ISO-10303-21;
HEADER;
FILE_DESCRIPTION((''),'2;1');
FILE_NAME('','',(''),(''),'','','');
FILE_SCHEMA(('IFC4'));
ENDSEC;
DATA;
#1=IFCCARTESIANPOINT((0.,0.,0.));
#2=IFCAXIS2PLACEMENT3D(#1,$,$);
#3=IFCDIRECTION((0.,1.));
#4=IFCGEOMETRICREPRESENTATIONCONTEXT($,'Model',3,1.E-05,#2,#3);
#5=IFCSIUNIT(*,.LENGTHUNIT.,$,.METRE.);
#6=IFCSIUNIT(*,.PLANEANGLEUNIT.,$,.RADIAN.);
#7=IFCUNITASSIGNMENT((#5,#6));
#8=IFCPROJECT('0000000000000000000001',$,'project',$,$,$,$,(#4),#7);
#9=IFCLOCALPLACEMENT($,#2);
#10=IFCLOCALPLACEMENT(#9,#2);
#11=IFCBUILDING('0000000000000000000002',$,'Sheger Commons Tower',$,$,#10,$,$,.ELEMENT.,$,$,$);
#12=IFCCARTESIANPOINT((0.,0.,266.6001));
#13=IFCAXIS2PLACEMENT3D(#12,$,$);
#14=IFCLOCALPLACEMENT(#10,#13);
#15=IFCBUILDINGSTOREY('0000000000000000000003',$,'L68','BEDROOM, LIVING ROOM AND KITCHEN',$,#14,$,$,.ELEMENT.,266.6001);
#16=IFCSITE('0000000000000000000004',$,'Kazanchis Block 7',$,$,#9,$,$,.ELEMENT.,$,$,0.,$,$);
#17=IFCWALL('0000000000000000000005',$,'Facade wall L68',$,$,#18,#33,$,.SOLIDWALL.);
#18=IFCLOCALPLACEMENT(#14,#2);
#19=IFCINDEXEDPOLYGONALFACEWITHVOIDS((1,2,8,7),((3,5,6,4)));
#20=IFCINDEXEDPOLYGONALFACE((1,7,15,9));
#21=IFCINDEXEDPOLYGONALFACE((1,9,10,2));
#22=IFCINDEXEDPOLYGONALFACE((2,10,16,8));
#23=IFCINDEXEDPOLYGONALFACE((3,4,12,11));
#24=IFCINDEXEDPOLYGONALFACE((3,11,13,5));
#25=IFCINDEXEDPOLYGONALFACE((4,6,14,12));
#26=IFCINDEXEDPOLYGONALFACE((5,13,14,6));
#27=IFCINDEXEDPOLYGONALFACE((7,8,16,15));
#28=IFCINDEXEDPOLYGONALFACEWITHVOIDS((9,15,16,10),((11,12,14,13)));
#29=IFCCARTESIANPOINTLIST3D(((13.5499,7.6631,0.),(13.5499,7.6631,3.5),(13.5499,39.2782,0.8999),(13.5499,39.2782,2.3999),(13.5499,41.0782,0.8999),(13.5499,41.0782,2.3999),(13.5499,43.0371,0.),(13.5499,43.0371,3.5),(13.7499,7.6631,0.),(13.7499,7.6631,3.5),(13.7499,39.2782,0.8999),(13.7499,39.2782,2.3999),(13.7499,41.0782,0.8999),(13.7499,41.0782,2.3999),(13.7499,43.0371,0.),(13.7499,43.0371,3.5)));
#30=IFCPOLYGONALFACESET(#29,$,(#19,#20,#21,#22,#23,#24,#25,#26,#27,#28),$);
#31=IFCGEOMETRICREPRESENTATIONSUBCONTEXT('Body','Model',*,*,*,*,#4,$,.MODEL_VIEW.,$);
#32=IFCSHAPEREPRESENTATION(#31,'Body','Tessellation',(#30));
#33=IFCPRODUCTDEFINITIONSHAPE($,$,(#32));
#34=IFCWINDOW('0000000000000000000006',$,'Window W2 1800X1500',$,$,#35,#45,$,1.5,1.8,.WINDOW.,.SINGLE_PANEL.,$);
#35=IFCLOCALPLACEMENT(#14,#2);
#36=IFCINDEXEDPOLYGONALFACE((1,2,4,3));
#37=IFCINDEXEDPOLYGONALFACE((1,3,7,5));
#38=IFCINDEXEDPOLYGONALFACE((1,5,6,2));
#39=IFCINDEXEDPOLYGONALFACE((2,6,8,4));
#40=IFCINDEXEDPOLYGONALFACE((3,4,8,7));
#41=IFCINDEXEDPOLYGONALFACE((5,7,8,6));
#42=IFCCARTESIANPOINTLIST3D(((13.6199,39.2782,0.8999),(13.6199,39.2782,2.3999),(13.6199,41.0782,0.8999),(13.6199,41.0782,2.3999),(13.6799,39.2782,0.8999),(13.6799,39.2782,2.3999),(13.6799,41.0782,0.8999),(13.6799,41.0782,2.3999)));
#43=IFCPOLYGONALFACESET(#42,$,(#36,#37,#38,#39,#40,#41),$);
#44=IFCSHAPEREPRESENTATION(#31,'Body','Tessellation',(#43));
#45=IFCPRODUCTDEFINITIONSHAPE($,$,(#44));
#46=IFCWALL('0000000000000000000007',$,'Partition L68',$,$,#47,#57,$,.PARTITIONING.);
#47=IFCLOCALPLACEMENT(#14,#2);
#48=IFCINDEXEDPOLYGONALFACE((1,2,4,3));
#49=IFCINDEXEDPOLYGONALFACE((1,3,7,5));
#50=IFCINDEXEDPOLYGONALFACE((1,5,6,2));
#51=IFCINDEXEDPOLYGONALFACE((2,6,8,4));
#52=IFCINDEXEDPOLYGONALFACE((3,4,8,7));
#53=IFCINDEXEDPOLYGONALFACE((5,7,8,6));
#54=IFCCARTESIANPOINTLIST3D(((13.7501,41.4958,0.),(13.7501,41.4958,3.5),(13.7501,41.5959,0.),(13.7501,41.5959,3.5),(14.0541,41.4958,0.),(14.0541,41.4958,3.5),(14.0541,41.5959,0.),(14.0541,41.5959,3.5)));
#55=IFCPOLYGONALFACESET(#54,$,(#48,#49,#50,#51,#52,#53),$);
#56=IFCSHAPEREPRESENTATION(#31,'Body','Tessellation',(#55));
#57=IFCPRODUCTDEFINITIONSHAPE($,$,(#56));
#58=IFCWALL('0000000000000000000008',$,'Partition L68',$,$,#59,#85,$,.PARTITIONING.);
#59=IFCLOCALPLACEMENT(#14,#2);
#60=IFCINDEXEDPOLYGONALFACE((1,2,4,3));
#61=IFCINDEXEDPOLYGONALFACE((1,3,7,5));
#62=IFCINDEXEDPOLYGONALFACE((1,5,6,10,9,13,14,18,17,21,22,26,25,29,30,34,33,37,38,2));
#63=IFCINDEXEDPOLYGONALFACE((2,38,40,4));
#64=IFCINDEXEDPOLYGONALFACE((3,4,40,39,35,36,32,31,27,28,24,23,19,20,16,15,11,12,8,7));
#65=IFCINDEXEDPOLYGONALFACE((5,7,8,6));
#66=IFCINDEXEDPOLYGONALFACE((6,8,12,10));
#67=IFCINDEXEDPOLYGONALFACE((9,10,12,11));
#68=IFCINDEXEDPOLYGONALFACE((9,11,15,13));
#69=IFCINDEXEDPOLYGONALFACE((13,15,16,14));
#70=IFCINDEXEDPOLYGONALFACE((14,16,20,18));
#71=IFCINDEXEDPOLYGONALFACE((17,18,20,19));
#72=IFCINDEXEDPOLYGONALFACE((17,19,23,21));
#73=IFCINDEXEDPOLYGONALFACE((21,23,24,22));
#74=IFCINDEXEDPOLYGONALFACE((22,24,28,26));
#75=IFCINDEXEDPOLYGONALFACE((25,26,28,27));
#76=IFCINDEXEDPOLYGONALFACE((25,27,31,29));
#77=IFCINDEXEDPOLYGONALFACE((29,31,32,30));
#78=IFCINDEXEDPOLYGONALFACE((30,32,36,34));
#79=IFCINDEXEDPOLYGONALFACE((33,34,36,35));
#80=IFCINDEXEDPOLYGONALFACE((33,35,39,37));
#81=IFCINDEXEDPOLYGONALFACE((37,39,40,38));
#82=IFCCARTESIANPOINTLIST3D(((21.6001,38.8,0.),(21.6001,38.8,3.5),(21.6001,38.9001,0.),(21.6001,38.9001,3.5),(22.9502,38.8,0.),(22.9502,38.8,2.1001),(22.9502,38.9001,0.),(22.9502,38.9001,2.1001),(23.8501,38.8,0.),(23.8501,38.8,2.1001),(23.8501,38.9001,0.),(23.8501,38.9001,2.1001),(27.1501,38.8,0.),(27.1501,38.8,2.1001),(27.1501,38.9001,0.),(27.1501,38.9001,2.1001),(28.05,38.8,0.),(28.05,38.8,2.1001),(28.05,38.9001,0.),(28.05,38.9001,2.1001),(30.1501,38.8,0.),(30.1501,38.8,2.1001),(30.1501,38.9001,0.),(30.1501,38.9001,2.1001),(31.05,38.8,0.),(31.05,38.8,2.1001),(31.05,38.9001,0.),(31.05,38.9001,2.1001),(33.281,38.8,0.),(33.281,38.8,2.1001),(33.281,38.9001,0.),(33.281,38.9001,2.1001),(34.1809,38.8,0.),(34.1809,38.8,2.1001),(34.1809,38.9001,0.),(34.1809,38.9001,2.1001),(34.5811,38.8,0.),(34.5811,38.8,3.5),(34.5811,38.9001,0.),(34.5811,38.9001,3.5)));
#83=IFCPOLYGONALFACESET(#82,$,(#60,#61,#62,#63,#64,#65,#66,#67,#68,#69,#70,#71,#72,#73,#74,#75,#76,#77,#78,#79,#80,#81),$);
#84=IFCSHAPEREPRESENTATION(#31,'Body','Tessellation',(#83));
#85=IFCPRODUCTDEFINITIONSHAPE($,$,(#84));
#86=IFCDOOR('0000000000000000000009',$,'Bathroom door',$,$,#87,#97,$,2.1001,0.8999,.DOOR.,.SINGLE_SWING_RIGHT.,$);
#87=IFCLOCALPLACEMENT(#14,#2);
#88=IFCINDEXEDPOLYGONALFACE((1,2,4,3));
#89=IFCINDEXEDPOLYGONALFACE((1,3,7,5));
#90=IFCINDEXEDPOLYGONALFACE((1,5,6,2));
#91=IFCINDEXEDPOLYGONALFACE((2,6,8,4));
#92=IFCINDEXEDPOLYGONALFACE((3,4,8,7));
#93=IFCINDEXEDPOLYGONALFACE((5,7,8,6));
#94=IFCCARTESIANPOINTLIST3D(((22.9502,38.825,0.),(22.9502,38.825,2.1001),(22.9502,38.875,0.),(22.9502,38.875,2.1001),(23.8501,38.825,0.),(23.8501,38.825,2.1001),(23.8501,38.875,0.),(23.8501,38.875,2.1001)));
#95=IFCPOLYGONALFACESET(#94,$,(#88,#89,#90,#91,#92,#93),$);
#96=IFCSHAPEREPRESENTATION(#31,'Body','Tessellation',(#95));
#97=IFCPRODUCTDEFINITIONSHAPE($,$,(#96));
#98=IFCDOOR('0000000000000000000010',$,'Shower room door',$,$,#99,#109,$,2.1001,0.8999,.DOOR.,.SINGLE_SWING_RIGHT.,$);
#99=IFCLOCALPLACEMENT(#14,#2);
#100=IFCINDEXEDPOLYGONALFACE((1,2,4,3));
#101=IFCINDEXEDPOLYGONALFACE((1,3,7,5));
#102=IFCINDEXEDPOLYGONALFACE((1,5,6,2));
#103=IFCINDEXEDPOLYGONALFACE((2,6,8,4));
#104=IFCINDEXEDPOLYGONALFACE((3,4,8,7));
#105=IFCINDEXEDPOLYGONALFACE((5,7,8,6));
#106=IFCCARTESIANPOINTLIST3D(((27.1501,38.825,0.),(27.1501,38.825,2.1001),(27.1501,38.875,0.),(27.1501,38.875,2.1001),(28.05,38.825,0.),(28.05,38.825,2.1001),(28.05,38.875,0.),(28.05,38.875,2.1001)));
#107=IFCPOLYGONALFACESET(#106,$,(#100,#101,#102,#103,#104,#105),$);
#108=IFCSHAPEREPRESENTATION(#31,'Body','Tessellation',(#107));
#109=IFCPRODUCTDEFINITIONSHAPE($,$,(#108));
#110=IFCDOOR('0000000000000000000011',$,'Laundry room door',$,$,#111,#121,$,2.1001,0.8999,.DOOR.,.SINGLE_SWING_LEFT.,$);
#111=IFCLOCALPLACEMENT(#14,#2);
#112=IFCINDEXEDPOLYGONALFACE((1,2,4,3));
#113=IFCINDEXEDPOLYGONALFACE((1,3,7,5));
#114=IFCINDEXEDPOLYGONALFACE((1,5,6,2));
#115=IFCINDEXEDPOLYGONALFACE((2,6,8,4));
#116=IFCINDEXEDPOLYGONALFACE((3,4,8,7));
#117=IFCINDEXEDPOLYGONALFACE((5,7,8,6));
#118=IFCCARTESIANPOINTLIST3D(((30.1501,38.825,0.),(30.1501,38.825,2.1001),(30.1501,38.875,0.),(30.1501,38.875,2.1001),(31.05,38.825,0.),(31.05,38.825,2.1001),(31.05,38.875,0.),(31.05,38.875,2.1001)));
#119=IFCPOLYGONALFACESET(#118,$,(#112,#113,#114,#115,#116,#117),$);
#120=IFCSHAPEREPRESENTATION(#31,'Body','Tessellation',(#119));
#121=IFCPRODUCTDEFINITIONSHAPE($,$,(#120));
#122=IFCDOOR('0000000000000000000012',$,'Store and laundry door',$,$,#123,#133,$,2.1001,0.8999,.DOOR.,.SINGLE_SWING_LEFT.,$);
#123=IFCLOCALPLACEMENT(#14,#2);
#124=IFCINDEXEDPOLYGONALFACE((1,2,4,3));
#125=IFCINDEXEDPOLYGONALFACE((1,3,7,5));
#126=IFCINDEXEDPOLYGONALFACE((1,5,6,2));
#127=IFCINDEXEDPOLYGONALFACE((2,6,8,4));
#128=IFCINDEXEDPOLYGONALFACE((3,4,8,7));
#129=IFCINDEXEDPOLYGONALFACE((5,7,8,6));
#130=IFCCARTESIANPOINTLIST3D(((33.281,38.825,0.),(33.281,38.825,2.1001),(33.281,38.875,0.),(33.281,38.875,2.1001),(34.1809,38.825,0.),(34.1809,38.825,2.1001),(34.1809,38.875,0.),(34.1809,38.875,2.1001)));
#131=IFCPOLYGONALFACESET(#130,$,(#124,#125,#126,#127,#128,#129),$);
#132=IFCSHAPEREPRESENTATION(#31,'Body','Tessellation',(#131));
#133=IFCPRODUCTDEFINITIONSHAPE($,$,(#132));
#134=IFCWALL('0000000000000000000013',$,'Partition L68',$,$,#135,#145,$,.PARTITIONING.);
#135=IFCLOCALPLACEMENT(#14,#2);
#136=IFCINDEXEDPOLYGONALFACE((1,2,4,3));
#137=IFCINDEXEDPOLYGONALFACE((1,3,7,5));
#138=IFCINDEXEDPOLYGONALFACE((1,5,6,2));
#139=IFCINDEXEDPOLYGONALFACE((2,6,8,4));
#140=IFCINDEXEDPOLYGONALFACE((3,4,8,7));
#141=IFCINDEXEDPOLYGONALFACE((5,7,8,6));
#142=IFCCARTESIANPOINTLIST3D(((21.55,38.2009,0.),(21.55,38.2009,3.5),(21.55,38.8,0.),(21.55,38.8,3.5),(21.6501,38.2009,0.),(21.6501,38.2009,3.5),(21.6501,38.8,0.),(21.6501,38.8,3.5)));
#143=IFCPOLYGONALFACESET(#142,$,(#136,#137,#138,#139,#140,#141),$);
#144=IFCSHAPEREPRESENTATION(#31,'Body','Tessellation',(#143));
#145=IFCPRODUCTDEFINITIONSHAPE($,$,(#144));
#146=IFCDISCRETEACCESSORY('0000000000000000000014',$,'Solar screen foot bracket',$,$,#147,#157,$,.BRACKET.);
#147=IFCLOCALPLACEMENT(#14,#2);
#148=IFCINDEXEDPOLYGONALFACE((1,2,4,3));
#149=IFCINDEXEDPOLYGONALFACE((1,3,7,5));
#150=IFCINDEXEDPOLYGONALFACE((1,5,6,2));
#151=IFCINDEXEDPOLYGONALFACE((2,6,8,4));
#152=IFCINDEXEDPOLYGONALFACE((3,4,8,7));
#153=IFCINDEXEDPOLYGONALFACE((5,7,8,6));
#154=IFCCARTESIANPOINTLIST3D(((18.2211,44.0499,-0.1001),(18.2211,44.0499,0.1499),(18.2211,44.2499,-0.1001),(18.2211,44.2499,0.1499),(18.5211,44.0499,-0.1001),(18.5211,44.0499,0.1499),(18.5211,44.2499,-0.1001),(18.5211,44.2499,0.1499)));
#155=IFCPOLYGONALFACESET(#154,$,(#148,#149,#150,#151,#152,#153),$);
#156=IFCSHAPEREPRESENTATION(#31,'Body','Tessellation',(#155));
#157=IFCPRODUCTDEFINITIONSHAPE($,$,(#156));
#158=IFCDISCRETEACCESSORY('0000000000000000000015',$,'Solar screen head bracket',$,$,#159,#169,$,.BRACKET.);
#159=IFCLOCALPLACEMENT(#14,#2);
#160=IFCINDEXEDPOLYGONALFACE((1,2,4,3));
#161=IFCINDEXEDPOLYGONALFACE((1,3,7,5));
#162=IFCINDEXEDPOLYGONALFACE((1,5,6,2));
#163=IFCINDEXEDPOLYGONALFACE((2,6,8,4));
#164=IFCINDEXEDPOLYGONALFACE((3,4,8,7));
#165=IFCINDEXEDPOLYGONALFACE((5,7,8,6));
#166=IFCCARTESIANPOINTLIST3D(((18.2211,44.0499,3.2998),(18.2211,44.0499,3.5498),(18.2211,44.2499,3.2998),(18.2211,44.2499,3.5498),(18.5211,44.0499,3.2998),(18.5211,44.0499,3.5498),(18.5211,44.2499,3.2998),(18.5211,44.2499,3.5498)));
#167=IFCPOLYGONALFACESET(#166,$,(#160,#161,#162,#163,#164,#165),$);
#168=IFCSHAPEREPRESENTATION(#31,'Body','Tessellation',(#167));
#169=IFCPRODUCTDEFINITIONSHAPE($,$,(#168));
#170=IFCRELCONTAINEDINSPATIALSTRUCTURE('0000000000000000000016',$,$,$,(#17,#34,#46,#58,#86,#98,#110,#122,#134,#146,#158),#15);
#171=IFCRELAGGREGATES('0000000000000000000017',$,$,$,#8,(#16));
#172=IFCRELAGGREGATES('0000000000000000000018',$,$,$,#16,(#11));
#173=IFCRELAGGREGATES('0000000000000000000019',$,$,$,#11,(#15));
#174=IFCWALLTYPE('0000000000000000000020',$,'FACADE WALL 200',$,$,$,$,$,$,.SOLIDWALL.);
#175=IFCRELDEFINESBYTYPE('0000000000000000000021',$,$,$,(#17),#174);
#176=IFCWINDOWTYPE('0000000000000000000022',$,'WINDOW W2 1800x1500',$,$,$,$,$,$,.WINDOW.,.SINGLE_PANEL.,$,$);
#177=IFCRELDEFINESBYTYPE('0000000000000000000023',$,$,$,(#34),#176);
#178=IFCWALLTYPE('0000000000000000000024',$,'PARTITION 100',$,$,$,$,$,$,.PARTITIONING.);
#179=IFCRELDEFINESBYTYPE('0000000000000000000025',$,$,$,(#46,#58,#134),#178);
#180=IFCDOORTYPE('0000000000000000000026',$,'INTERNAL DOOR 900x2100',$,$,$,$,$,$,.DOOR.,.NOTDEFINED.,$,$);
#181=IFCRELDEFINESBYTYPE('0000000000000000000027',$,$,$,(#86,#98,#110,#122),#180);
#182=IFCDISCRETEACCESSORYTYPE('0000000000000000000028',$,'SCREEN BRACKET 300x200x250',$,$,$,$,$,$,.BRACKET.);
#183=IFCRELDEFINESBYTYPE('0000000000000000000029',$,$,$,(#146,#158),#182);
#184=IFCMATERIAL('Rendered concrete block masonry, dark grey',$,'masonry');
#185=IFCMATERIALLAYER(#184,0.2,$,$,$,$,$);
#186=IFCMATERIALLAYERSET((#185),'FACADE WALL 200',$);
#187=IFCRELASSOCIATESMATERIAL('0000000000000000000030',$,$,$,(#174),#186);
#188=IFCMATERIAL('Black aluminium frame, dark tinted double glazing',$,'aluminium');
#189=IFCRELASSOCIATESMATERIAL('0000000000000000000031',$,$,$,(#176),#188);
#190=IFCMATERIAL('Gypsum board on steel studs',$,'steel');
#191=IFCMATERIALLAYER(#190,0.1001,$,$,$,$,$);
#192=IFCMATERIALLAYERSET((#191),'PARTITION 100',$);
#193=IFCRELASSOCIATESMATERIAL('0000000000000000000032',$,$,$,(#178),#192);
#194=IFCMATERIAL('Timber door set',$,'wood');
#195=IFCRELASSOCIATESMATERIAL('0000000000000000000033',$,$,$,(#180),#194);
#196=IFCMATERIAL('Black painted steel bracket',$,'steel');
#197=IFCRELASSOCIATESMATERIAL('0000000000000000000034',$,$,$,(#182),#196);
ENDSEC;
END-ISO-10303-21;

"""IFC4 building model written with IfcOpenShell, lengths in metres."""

from ifc_helpers import new_model, si_unit, direction, frame, frame_2d, origin, origin_2d, place, context, subcontext, project, spatial, rectangle, extrude, material, layer, layer_set, type_object, element, fill, save


model = new_model("IFC4")

# Units and contexts
model_context = context("Model", 3, precision=1e-05, world=origin(), true_north=direction((0.0, 1.0)))
body_context = subcontext(model_context, "Body", "Model", "MODEL_VIEW")
ifc_project = project(units=[si_unit("LENGTHUNIT", "METRE"), si_unit("PLANEANGLEUNIT", "RADIAN")], contexts=[model_context])

# Site, building, storey
site_placement = place(None, origin())
site = spatial("IfcSite", under=ifc_project, at=site_placement, Name="Kazanchis Block 7", CompositionType="ELEMENT", RefElevation=0.0)
building_placement = place(site_placement, origin())
building = spatial("IfcBuilding", under=site, at=building_placement, Name="Sheger Commons Tower", CompositionType="ELEMENT")
storey_placement = place(building_placement, frame((0.0, 0.0, 266.6001)))
storey = spatial("IfcBuildingStorey", under=building, at=storey_placement, Name="L68", Description="BEDROOM, LIVING ROOM AND KITCHEN", CompositionType="ELEMENT", Elevation=266.6001)

# Shared definitions
ifc_material_1 = material(Name="Rendered concrete block masonry, dark grey", Category="masonry")
ifc_layer_1 = layer(ifc_material_1, 0.2)
ifc_layer_set_1 = layer_set([ifc_layer_1], Name="FACADE WALL 200")
wall_type_1 = type_object("IfcWallType", Name="FACADE WALL 200", PredefinedType="SOLIDWALL", material=ifc_layer_set_1)

# Wall, opening, window
wall_1_placement = place(storey_placement, frame((13.6499, 43.0371, 0.0), z_axis=(0.0, 0.0, 1.0), x_axis=(0.0, -1.0, 0.0)))
wall_1 = element("IfcWall", 1, at=wall_1_placement, inside=storey, type_object=wall_type_1, Name="Facade wall L68", PredefinedType="SOLIDWALL", context=body_context, shape_type="SweptSolid", body=[
    extrude(rectangle(XDim=35.374, YDim=0.2, at=frame_2d((17.687, 0.0))), origin(), (0.0, 0.0, 1.0), 3.5),
])
opening_1_placement = place(wall_1_placement, frame((1.959, 0.0, 0.8999)))
opening_1 = element("IfcOpeningElement", 2, at=opening_1_placement, cuts=wall_1, PredefinedType="OPENING", context=body_context, shape_type="SweptSolid", body=[
    extrude(rectangle(XDim=1.8, YDim=1.5, at=frame_2d((0.8999, 0.75))), frame((0.0, 0.1099, 0.0), z_axis=(0.0, -1.0, 0.0), x_axis=(1.0, 0.0, 0.0)), (0.0, 0.0, 1.0), 0.22),
])
ifc_material_2 = material(Name="Black aluminium frame, dark tinted double glazing", Category="aluminium")
window_type = type_object("IfcWindowType", Name="WINDOW W2 1800x1500", PartitioningType="SINGLE_PANEL", PredefinedType="WINDOW", material=ifc_material_2)
window_placement = place(opening_1_placement, origin())
window = element("IfcWindow", 3, at=window_placement, inside=storey, type_object=window_type, Name="Window W2 1800X1500", OverallHeight=1.5, OverallWidth=1.8, PartitioningType="SINGLE_PANEL", PredefinedType="WINDOW", context=body_context, shape_type="SweptSolid", body=[
    extrude(rectangle(XDim=1.8, YDim=1.5, at=frame_2d((0.8999, 0.75))), frame((0.0, 0.03, 0.0), z_axis=(0.0, -1.0, 0.0), x_axis=(1.0, 0.0, 0.0)), (0.0, 0.0, 1.0), 0.0601),
])
fill(opening_1, window)

# Wall
ifc_material_3 = material(Name="Gypsum board on steel studs", Category="steel")
ifc_layer_2 = layer(ifc_material_3, 0.1001)
ifc_layer_set_2 = layer_set([ifc_layer_2], Name="PARTITION 100")
wall_type_2 = type_object("IfcWallType", Name="PARTITION 100", PredefinedType="PARTITIONING", material=ifc_layer_set_2)
wall_2_placement = place(storey_placement, frame((14.054, 41.5459, 0.0), z_axis=(0.0, 0.0, 1.0), x_axis=(-1.0, 0.0, 0.0)))
element("IfcWall", 4, at=wall_2_placement, inside=storey, type_object=wall_type_2, Name="Partition L68", PredefinedType="PARTITIONING", context=body_context, shape_type="SweptSolid", body=[
    extrude(rectangle(XDim=0.304, YDim=0.1001, at=frame_2d((0.1519, 0.0))), origin(), (0.0, 0.0, 1.0), 3.5),
])

# Wall, openings, doors
wall_3_placement = place(storey_placement, frame((21.6001, 38.8501, 0.0), z_axis=(0.0, 0.0, 1.0), x_axis=(1.0, 0.0, 0.0)))
wall_3 = element("IfcWall", 5, at=wall_3_placement, inside=storey, type_object=wall_type_2, Name="Partition L68", PredefinedType="PARTITIONING", context=body_context, shape_type="SweptSolid", body=[
    extrude(rectangle(XDim=12.981, YDim=0.1001, at=frame_2d((6.4905, 0.0))), origin(), (0.0, 0.0, 1.0), 3.5),
])
opening_2_placement = place(wall_3_placement, frame((1.3501, 0.0, 0.0)))
opening_2 = element("IfcOpeningElement", 6, at=opening_2_placement, cuts=wall_3, PredefinedType="OPENING", context=body_context, shape_type="SweptSolid", body=[
    extrude(rectangle(XDim=0.8999, YDim=2.1001, at=frame_2d((0.45, 1.05))), frame((0.0, 0.0601, 0.0), z_axis=(0.0, -1.0, 0.0), x_axis=(1.0, 0.0, 0.0)), (0.0, 0.0, 1.0), 0.1201),
])
opening_3_placement = place(wall_3_placement, frame((5.55, 0.0, 0.0)))
opening_3 = element("IfcOpeningElement", 7, at=opening_3_placement, cuts=wall_3, PredefinedType="OPENING", context=body_context, shape_type="SweptSolid", body=[
    extrude(rectangle(XDim=0.8999, YDim=2.1001, at=frame_2d((0.45, 1.05))), frame((0.0, 0.0601, 0.0), z_axis=(0.0, -1.0, 0.0), x_axis=(1.0, 0.0, 0.0)), (0.0, 0.0, 1.0), 0.1201),
])
opening_4_placement = place(wall_3_placement, frame((8.55, 0.0, 0.0)))
opening_4 = element("IfcOpeningElement", 8, at=opening_4_placement, cuts=wall_3, PredefinedType="OPENING", context=body_context, shape_type="SweptSolid", body=[
    extrude(rectangle(XDim=0.8999, YDim=2.1001, at=frame_2d((0.45, 1.05))), frame((0.0, 0.0601, 0.0), z_axis=(0.0, -1.0, 0.0), x_axis=(1.0, 0.0, 0.0)), (0.0, 0.0, 1.0), 0.1201),
])
opening_5_placement = place(wall_3_placement, frame((11.6809, 0.0, 0.0)))
opening_5 = element("IfcOpeningElement", 9, at=opening_5_placement, cuts=wall_3, PredefinedType="OPENING", context=body_context, shape_type="SweptSolid", body=[
    extrude(rectangle(XDim=0.8999, YDim=2.1001, at=frame_2d((0.45, 1.05))), frame((0.0, 0.0601, 0.0), z_axis=(0.0, -1.0, 0.0), x_axis=(1.0, 0.0, 0.0)), (0.0, 0.0, 1.0), 0.1201),
])
ifc_material_4 = material(Name="Timber door set", Category="wood")
door_type_1 = type_object("IfcDoorType", Name="INTERNAL DOOR 900x2100", OperationType="NOTDEFINED", PredefinedType="DOOR", material=ifc_material_4)
door_1_placement = place(opening_2_placement, origin())
door_1 = element("IfcDoor", 10, at=door_1_placement, inside=storey, type_object=door_type_1, Name="Bathroom door", OperationType="SINGLE_SWING_RIGHT", OverallHeight=2.1001, OverallWidth=0.8999, PredefinedType="DOOR", context=body_context, shape_type="SweptSolid", body=[
    extrude(rectangle(XDim=0.8999, YDim=2.1001, at=frame_2d((0.45, 1.05))), frame((0.0, 0.0249, 0.0), z_axis=(0.0, -1.0, 0.0), x_axis=(1.0, 0.0, 0.0)), (0.0, 0.0, 1.0), 0.05),
])
fill(opening_2, door_1)
door_2_placement = place(opening_3_placement, origin())
door_2 = element("IfcDoor", 11, at=door_2_placement, inside=storey, type_object=door_type_1, Name="Shower room door", OperationType="SINGLE_SWING_RIGHT", OverallHeight=2.1001, OverallWidth=0.8999, PredefinedType="DOOR", context=body_context, shape_type="SweptSolid", body=[
    extrude(rectangle(XDim=0.8999, YDim=2.1001, at=frame_2d((0.45, 1.05))), frame((0.0, 0.0249, 0.0), z_axis=(0.0, -1.0, 0.0), x_axis=(1.0, 0.0, 0.0)), (0.0, 0.0, 1.0), 0.05),
])
fill(opening_3, door_2)
door_3_placement = place(opening_4_placement, origin())
door_3 = element("IfcDoor", 12, at=door_3_placement, inside=storey, type_object=door_type_1, Name="Laundry room door", OperationType="SINGLE_SWING_LEFT", OverallHeight=2.1001, OverallWidth=0.8999, PredefinedType="DOOR", context=body_context, shape_type="SweptSolid", body=[
    extrude(rectangle(XDim=0.8999, YDim=2.1001, at=frame_2d((0.45, 1.05))), frame((0.0, 0.0249, 0.0), z_axis=(0.0, -1.0, 0.0), x_axis=(1.0, 0.0, 0.0)), (0.0, 0.0, 1.0), 0.05),
])
fill(opening_4, door_3)
door_4_placement = place(opening_5_placement, origin())
door_4 = element("IfcDoor", 13, at=door_4_placement, inside=storey, type_object=door_type_1, Name="Store and laundry door", OperationType="SINGLE_SWING_LEFT", OverallHeight=2.1001, OverallWidth=0.8999, PredefinedType="DOOR", context=body_context, shape_type="SweptSolid", body=[
    extrude(rectangle(XDim=0.8999, YDim=2.1001, at=frame_2d((0.45, 1.05))), frame((0.0, 0.0249, 0.0), z_axis=(0.0, -1.0, 0.0), x_axis=(1.0, 0.0, 0.0)), (0.0, 0.0, 1.0), 0.05),
])
fill(opening_5, door_4)

# Wall
wall_4_placement = place(storey_placement, frame((21.6001, 38.2009, 0.0), z_axis=(0.0, 0.0, 1.0), x_axis=(0.0, 1.0, 0.0)))
element("IfcWall", 14, at=wall_4_placement, inside=storey, type_object=wall_type_2, Name="Partition L68", PredefinedType="PARTITIONING", context=body_context, shape_type="SweptSolid", body=[
    extrude(rectangle(XDim=0.5991, YDim=0.1001, at=frame_2d((0.2996, 0.0))), origin(), (0.0, 0.0, 1.0), 3.5),
])

# Discrete accessories
ifc_material_5 = material(Name="Black painted steel bracket", Category="steel")
discrete_accessory_type = type_object("IfcDiscreteAccessoryType", Name="SCREEN BRACKET 300x200x250", PredefinedType="BRACKET", material=ifc_material_5)
for number, where, z_axis, x_axis, name in (
    (15, (18.3711, 44.1499, -0.1001), (0.0, 0.0, 1.0), (-1.0, 0.0, 0.0), "Solar screen foot bracket"),
    (16, (18.3711, 44.1499, 3.2998), (0.0, 0.0, 1.0), (-1.0, 0.0, 0.0), "Solar screen head bracket"),
):
    element("IfcDiscreteAccessory", number, at=place(storey_placement, frame(where, z_axis=z_axis, x_axis=x_axis)), inside=storey, type_object=discrete_accessory_type, Name=name, PredefinedType="BRACKET", context=body_context, shape_type="SweptSolid", body=[
        extrude(rectangle(XDim=0.3, YDim=0.2, at=origin_2d()), origin(), (0.0, 0.0, 1.0), 0.25),
    ])

save(model, "model.ifc")
